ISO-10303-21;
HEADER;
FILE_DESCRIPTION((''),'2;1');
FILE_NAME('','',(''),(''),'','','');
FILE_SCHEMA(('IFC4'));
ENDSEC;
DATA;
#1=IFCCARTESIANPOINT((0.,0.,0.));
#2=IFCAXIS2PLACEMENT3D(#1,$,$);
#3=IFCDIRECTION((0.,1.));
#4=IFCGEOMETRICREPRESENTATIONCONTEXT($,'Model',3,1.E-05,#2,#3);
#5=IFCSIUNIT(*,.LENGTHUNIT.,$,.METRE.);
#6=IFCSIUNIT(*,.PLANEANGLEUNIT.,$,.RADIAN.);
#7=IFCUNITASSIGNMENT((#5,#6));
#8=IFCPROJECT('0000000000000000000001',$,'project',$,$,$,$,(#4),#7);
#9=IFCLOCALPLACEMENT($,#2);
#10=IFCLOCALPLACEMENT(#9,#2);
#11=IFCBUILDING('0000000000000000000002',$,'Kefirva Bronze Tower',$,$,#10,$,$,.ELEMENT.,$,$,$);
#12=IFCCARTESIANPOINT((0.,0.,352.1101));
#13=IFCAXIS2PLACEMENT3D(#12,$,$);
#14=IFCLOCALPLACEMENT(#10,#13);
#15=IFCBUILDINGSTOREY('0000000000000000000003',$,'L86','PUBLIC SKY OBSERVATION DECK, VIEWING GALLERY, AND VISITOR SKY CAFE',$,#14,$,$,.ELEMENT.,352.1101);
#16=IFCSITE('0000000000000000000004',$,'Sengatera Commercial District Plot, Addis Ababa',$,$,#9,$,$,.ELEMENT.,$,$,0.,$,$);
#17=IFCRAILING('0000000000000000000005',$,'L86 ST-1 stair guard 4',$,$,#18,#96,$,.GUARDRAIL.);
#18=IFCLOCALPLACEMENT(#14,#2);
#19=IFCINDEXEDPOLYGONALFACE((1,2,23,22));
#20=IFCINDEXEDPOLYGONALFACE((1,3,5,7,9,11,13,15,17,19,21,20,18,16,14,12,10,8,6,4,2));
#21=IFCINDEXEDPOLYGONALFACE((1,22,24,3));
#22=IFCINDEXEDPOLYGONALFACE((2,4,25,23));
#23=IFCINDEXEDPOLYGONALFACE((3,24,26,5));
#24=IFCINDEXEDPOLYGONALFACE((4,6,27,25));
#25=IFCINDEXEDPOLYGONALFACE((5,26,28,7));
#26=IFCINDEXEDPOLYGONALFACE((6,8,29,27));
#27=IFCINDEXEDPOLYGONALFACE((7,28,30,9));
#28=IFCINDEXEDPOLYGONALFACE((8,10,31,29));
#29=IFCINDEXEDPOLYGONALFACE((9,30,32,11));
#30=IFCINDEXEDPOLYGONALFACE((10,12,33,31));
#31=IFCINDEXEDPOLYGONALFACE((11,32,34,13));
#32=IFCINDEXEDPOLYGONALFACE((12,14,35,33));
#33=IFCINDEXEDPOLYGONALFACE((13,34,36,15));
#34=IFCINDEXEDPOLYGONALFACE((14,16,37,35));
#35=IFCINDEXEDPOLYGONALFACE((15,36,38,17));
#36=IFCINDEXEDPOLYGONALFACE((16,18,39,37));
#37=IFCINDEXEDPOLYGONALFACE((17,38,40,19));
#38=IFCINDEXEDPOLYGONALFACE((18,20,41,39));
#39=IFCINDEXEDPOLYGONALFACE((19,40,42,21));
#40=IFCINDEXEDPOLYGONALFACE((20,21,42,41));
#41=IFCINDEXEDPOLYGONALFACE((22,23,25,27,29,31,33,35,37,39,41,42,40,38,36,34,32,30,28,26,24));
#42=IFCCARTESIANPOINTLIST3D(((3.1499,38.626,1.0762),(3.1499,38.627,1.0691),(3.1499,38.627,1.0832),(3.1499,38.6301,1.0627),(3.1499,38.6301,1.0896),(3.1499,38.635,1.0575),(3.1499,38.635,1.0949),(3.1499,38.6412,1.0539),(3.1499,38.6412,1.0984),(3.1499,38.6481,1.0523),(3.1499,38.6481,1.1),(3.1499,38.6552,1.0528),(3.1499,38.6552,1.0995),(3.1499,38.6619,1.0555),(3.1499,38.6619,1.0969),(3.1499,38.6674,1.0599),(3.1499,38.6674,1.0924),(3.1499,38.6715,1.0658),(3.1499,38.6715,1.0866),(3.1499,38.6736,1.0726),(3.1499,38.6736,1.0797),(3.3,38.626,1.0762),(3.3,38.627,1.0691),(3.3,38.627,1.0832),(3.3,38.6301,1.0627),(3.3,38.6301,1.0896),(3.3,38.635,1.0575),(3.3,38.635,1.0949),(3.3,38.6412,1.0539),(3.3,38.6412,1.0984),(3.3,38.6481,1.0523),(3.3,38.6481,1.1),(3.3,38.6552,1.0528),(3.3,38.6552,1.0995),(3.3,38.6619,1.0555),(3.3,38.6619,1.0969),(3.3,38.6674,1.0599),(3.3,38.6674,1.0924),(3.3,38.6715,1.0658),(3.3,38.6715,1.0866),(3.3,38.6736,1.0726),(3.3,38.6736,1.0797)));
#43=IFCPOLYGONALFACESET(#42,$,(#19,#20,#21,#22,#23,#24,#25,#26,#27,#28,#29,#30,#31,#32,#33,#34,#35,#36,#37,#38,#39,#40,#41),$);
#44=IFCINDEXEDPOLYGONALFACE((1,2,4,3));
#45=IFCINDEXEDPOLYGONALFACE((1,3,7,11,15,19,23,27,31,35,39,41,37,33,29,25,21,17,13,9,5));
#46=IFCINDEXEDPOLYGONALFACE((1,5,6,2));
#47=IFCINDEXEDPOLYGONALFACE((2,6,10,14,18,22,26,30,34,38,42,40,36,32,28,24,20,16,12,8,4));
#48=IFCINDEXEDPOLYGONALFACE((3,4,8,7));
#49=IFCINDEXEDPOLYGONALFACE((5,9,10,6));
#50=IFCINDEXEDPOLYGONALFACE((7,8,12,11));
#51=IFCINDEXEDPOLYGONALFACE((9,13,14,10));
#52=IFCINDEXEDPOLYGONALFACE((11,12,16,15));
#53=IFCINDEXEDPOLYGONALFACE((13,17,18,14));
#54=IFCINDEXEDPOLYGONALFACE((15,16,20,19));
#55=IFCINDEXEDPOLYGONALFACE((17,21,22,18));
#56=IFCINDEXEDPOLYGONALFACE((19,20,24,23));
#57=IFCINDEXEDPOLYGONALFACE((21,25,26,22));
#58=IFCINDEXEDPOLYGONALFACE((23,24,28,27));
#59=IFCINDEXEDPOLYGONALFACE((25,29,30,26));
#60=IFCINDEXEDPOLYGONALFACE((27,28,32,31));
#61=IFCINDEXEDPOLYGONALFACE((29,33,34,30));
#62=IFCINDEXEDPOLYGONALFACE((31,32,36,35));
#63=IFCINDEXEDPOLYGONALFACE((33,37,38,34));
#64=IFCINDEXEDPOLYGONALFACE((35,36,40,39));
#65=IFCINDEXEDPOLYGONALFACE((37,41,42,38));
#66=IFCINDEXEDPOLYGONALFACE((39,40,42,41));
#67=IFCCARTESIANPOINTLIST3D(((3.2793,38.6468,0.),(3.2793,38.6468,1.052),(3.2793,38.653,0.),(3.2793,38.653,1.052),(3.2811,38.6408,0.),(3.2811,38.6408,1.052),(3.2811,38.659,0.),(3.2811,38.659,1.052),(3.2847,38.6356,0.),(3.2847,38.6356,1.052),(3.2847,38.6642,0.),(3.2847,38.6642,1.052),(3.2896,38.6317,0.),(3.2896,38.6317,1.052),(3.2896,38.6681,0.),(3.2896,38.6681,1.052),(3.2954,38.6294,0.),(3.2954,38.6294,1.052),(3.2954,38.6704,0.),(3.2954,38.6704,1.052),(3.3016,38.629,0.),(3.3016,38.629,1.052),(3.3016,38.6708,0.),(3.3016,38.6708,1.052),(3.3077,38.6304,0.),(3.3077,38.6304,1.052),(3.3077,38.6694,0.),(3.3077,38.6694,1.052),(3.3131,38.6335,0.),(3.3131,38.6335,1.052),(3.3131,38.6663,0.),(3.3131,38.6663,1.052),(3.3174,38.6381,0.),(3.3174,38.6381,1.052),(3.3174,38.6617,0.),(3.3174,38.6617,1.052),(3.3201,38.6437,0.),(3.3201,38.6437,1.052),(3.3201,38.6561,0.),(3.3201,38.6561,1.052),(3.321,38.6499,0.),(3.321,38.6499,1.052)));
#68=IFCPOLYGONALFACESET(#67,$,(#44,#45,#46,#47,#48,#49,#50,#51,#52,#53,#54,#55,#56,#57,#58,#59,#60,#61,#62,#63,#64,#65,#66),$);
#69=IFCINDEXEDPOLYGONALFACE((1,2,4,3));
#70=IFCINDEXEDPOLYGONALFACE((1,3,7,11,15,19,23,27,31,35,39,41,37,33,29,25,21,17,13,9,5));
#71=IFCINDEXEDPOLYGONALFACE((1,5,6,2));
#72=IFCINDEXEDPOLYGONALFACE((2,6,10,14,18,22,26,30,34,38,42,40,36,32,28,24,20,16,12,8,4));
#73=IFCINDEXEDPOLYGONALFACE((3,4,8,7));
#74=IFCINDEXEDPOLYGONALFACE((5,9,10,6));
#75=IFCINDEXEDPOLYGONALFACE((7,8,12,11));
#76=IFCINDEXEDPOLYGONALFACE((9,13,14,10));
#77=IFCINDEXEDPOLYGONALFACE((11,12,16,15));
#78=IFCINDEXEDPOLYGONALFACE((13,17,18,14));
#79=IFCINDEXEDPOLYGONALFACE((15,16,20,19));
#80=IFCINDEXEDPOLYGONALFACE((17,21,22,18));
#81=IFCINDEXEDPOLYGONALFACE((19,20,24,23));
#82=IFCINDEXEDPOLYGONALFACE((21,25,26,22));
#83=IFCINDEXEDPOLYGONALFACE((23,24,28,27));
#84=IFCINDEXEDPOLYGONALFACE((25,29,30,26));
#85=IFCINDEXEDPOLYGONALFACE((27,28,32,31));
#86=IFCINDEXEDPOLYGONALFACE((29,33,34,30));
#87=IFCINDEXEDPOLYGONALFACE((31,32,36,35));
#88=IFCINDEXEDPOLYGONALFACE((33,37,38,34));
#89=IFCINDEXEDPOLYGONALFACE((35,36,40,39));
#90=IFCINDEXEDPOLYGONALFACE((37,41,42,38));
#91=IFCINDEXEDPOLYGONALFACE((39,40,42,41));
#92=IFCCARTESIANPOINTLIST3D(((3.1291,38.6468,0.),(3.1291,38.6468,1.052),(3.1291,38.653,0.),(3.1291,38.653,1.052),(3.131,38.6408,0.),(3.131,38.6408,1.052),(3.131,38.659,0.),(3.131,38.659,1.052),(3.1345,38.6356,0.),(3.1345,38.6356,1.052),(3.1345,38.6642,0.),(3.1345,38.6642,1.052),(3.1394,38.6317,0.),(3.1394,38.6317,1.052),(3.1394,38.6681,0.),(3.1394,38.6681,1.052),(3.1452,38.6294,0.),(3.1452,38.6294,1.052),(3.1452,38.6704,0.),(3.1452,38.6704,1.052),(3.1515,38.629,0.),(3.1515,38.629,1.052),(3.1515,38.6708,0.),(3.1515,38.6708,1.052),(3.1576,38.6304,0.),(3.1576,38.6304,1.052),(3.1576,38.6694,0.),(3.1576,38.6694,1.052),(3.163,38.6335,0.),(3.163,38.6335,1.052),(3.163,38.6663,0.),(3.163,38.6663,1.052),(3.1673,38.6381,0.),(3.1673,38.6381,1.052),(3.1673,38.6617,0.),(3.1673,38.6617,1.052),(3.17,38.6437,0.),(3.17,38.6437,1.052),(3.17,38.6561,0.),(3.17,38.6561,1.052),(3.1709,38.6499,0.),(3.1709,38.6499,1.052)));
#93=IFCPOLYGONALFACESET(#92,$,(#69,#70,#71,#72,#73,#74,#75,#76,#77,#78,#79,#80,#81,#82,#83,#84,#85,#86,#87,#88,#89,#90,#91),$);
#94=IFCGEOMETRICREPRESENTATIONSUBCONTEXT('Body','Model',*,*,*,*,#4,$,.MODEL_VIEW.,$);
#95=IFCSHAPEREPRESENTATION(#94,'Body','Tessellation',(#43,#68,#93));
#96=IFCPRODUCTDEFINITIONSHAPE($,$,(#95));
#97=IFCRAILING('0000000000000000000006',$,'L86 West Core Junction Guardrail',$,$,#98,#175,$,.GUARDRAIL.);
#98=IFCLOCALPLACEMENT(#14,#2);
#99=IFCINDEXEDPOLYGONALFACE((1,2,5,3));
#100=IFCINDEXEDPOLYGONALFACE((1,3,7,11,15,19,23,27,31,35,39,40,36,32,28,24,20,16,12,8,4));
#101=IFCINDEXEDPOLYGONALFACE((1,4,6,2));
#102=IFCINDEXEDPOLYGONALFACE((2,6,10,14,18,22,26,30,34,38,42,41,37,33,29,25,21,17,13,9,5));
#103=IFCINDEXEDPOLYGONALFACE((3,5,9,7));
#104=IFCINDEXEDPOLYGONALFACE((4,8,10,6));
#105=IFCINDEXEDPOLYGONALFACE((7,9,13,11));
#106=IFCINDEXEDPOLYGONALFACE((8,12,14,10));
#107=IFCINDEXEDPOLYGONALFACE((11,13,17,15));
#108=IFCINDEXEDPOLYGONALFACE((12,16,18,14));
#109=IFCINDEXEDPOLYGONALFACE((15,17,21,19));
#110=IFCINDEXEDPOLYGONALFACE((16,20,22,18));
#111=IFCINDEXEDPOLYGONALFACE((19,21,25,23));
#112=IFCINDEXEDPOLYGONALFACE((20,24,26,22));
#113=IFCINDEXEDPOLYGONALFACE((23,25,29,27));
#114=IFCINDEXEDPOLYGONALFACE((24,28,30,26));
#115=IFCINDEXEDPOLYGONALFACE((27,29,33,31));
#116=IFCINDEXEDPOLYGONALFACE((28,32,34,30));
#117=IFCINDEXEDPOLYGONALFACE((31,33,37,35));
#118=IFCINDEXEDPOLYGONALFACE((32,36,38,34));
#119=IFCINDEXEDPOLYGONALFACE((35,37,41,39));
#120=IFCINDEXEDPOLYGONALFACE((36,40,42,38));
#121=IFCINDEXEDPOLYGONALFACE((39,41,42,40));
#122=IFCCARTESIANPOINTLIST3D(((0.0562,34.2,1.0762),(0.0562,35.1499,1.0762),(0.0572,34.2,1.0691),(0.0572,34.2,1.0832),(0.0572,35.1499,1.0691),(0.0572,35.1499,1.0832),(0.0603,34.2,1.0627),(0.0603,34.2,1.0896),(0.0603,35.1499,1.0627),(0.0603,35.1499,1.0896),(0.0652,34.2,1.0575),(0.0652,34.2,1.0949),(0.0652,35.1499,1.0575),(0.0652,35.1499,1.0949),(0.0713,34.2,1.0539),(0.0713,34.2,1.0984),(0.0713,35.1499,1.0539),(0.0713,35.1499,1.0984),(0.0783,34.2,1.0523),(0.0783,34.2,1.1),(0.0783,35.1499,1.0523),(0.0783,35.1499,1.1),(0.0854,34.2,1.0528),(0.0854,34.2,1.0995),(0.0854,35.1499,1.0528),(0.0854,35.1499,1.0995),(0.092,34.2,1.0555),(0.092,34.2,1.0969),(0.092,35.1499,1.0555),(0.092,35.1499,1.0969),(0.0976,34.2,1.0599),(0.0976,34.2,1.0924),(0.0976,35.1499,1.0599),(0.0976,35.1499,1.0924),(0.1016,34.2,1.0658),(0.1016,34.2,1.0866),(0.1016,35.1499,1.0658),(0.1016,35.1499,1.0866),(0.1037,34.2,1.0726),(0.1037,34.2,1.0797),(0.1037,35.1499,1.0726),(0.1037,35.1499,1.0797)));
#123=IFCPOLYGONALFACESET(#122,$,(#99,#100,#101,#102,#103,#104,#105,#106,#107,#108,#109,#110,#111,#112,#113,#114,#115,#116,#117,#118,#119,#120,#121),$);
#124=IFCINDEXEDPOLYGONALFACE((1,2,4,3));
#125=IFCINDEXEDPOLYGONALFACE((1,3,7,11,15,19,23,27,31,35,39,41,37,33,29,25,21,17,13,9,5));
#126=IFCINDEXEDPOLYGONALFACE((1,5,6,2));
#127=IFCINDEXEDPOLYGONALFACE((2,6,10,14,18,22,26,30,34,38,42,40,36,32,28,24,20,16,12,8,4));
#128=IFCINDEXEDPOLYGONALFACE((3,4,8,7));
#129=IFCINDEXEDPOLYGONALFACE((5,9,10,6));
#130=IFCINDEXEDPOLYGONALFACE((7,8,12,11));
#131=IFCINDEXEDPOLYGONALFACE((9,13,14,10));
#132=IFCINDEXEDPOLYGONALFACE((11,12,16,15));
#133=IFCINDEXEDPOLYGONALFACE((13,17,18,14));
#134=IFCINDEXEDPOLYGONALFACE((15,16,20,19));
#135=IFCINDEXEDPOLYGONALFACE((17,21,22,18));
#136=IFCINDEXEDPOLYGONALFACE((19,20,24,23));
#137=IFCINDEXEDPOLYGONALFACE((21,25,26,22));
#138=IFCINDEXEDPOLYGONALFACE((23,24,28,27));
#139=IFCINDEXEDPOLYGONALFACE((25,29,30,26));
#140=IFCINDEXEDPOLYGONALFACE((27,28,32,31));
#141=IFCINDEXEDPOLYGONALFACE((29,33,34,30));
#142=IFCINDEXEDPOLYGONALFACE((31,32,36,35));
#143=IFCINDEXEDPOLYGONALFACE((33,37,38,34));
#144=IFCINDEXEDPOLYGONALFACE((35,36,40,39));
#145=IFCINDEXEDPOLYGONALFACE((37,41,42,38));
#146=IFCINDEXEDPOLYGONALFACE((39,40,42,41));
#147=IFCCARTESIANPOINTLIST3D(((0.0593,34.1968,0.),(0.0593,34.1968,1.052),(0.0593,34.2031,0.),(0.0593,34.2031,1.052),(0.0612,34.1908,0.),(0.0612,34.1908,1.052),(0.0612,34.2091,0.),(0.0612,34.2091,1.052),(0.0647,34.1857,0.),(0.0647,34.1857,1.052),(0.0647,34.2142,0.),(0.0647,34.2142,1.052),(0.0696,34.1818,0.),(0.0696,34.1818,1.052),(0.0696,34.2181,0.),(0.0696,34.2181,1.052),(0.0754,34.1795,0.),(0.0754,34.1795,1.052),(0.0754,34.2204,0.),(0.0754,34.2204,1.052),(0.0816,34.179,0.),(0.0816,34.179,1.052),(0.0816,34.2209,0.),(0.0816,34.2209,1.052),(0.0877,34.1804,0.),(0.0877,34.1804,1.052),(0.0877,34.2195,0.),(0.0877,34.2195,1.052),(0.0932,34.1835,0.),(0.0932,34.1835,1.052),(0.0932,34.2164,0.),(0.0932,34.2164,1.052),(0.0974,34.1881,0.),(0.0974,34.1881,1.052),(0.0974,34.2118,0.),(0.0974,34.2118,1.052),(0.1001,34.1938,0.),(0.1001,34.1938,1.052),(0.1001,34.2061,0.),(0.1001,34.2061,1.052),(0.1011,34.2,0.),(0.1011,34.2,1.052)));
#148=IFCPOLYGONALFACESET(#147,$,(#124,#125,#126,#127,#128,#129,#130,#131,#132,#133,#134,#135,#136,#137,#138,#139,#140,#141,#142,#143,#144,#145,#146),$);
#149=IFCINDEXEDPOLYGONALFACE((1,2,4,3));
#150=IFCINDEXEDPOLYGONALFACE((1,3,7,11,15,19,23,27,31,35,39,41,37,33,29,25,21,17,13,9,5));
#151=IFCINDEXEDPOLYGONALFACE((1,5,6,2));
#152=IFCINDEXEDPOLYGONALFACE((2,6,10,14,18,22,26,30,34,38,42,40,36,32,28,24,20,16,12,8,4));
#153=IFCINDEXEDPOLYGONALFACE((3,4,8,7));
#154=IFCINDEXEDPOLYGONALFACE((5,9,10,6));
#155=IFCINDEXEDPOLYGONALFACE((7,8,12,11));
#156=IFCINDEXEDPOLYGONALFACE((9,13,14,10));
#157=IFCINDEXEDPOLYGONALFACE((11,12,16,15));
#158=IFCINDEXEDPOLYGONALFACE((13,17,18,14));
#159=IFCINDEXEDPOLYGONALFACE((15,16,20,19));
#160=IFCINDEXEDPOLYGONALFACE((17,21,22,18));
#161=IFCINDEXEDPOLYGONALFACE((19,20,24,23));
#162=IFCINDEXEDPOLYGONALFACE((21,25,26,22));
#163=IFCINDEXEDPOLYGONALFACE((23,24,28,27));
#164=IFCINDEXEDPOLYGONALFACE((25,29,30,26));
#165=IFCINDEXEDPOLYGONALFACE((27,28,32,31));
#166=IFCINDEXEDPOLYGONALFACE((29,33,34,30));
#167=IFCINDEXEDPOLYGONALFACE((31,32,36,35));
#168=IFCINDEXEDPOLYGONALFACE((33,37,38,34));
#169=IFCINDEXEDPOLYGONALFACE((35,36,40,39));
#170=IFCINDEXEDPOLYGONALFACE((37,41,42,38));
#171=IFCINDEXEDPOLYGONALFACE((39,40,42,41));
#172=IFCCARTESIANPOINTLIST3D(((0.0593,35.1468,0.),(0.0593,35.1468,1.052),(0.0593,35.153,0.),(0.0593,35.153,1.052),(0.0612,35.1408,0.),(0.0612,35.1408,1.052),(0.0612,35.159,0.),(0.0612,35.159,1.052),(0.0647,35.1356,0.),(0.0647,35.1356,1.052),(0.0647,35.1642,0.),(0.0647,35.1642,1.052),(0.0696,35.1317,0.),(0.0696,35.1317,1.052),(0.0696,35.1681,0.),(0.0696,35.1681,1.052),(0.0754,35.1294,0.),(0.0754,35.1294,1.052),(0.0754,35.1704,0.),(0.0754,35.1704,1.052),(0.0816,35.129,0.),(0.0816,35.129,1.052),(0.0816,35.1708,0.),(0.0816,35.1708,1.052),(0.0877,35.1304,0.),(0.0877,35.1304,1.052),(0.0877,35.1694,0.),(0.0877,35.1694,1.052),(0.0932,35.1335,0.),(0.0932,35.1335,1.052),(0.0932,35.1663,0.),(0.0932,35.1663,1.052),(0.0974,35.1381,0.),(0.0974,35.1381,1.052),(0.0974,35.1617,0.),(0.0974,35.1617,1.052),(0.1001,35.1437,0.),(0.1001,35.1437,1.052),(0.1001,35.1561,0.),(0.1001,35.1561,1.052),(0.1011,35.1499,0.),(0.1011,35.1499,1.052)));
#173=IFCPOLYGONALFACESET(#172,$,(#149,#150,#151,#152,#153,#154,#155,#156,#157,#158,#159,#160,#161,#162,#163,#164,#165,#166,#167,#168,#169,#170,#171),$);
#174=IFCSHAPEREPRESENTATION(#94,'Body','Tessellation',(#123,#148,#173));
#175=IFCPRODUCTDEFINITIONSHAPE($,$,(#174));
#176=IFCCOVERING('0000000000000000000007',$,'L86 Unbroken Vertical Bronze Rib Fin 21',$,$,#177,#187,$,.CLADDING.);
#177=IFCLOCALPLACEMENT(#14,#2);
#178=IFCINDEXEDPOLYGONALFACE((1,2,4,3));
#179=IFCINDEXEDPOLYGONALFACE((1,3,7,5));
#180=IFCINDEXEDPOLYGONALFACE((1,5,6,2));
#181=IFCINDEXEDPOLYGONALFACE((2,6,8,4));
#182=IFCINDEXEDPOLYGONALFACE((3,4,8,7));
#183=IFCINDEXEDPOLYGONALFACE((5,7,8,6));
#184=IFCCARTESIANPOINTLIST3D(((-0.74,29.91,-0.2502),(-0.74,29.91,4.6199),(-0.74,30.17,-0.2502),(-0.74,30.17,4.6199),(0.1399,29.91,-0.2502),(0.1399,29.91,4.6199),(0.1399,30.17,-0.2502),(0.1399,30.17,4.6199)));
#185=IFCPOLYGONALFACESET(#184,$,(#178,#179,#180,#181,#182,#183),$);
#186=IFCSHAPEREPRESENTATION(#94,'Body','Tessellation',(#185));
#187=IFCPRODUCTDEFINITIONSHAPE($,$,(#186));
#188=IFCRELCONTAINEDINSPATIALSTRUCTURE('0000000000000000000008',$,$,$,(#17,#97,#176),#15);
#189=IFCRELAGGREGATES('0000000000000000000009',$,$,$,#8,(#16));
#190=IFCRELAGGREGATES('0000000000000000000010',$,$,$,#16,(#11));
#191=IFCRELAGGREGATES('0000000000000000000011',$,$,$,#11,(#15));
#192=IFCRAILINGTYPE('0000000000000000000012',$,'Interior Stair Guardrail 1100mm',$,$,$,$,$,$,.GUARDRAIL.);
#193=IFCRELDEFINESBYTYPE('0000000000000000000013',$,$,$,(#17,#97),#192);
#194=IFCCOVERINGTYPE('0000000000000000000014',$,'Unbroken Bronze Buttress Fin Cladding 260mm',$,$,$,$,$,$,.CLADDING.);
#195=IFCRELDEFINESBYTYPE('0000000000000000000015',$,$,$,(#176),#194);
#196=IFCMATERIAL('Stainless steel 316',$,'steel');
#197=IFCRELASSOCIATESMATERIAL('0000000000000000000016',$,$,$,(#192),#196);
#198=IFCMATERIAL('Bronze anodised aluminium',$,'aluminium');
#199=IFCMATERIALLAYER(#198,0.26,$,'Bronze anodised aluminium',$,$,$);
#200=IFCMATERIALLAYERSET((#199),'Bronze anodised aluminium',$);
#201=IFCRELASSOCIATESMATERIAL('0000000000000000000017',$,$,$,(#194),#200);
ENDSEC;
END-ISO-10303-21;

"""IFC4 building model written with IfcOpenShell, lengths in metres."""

from ifc_helpers import new_model, si_unit, direction, frame, origin, origin_2d, place, context, subcontext, project, spatial, rectangle, circle, extrude, material, layer, layer_set, type_object, element, save


model = new_model("IFC4")

# Units and contexts
model_context = context("Model", 3, precision=1e-05, world=origin(), true_north=direction((0.0, 1.0)))
body_context = subcontext(model_context, "Body", "Model", "MODEL_VIEW")
ifc_project = project(units=[si_unit("LENGTHUNIT", "METRE"), si_unit("PLANEANGLEUNIT", "RADIAN")], contexts=[model_context])

# Site, building, storey
site_placement = place(None, origin())
site = spatial("IfcSite", under=ifc_project, at=site_placement, Name="Sengatera Commercial District Plot, Addis Ababa", CompositionType="ELEMENT", RefElevation=0.0)
building_placement = place(site_placement, origin())
building = spatial("IfcBuilding", under=site, at=building_placement, Name="Kefirva Bronze Tower", CompositionType="ELEMENT")
storey_placement = place(building_placement, frame((0.0, 0.0, 352.1101)))
storey = spatial("IfcBuildingStorey", under=building, at=storey_placement, Name="L86", Description="PUBLIC SKY OBSERVATION DECK, VIEWING GALLERY, AND VISITOR SKY CAFE", CompositionType="ELEMENT", Elevation=352.1101)

# Shared definitions
ifc_material_1 = material(Name="Bronze anodised aluminium", Category="aluminium")

# Shared definitions
ifc_material_2 = material(Name="Stainless steel 316", Category="steel")

# Railings
railing_type = type_object("IfcRailingType", Name="Interior Stair Guardrail 1100mm", PredefinedType="GUARDRAIL", material=ifc_material_2)
railing_1_placement = place(storey_placement, frame((3.3, 38.6499, 0.0)))
element("IfcRailing", 1, at=railing_1_placement, inside=storey, type_object=railing_type, Name="L86 ST-1 stair guard 4", PredefinedType="GUARDRAIL", context=body_context, shape_type="SweptSolid", body=[
    extrude(circle(Radius=0.0239, at=origin_2d()), frame((0.0, 0.0, 1.0762), z_axis=(-1.0, 0.0, 0.0), x_axis=(0.0, -1.0, 0.0)), (0.0, 0.0, 1.0), 0.1501),
    extrude(circle(Radius=0.021, at=origin_2d()), origin(), (0.0, 0.0, 1.0), 1.052),
    extrude(circle(Radius=0.021, at=origin_2d()), frame((-0.1501, 0.0, 0.0)), (0.0, 0.0, 1.0), 1.052),
])
railing_2_placement = place(storey_placement, frame((0.0801, 34.2, 0.0)))
element("IfcRailing", 2, at=railing_2_placement, inside=storey, type_object=railing_type, Name="L86 West Core Junction Guardrail", PredefinedType="GUARDRAIL", context=body_context, shape_type="SweptSolid", body=[
    extrude(circle(Radius=0.0239, at=origin_2d()), frame((0.0, 0.0, 1.0762), z_axis=(0.0, 1.0, 0.0), x_axis=(-1.0, 0.0, 0.0)), (0.0, 0.0, 1.0), 0.95),
    extrude(circle(Radius=0.021, at=origin_2d()), origin(), (0.0, 0.0, 1.0), 1.052),
    extrude(circle(Radius=0.021, at=origin_2d()), frame((0.0, 0.95, 0.0)), (0.0, 0.0, 1.0), 1.052),
])

# Covering
ifc_layer_1 = layer(ifc_material_1, 0.26, Name="Bronze anodised aluminium")
ifc_layer_set_1 = layer_set([ifc_layer_1], Name="Bronze anodised aluminium")
covering_type = type_object("IfcCoveringType", Name="Unbroken Bronze Buttress Fin Cladding 260mm", PredefinedType="CLADDING", material=ifc_layer_set_1)
covering_placement = place(storey_placement, frame((-0.3, 30.04, -0.2502), z_axis=(0.0, 0.0, 1.0), x_axis=(0.0, -1.0, 0.0)))
element("IfcCovering", 3, at=covering_placement, inside=storey, type_object=covering_type, Name="L86 Unbroken Vertical Bronze Rib Fin 21", PredefinedType="CLADDING", context=body_context, shape_type="SweptSolid", body=[
    extrude(rectangle(XDim=0.26, YDim=0.8799, at=origin_2d()), origin(), (0.0, 0.0, 1.0), 4.8701),
])

save(model, "model.ifc")
